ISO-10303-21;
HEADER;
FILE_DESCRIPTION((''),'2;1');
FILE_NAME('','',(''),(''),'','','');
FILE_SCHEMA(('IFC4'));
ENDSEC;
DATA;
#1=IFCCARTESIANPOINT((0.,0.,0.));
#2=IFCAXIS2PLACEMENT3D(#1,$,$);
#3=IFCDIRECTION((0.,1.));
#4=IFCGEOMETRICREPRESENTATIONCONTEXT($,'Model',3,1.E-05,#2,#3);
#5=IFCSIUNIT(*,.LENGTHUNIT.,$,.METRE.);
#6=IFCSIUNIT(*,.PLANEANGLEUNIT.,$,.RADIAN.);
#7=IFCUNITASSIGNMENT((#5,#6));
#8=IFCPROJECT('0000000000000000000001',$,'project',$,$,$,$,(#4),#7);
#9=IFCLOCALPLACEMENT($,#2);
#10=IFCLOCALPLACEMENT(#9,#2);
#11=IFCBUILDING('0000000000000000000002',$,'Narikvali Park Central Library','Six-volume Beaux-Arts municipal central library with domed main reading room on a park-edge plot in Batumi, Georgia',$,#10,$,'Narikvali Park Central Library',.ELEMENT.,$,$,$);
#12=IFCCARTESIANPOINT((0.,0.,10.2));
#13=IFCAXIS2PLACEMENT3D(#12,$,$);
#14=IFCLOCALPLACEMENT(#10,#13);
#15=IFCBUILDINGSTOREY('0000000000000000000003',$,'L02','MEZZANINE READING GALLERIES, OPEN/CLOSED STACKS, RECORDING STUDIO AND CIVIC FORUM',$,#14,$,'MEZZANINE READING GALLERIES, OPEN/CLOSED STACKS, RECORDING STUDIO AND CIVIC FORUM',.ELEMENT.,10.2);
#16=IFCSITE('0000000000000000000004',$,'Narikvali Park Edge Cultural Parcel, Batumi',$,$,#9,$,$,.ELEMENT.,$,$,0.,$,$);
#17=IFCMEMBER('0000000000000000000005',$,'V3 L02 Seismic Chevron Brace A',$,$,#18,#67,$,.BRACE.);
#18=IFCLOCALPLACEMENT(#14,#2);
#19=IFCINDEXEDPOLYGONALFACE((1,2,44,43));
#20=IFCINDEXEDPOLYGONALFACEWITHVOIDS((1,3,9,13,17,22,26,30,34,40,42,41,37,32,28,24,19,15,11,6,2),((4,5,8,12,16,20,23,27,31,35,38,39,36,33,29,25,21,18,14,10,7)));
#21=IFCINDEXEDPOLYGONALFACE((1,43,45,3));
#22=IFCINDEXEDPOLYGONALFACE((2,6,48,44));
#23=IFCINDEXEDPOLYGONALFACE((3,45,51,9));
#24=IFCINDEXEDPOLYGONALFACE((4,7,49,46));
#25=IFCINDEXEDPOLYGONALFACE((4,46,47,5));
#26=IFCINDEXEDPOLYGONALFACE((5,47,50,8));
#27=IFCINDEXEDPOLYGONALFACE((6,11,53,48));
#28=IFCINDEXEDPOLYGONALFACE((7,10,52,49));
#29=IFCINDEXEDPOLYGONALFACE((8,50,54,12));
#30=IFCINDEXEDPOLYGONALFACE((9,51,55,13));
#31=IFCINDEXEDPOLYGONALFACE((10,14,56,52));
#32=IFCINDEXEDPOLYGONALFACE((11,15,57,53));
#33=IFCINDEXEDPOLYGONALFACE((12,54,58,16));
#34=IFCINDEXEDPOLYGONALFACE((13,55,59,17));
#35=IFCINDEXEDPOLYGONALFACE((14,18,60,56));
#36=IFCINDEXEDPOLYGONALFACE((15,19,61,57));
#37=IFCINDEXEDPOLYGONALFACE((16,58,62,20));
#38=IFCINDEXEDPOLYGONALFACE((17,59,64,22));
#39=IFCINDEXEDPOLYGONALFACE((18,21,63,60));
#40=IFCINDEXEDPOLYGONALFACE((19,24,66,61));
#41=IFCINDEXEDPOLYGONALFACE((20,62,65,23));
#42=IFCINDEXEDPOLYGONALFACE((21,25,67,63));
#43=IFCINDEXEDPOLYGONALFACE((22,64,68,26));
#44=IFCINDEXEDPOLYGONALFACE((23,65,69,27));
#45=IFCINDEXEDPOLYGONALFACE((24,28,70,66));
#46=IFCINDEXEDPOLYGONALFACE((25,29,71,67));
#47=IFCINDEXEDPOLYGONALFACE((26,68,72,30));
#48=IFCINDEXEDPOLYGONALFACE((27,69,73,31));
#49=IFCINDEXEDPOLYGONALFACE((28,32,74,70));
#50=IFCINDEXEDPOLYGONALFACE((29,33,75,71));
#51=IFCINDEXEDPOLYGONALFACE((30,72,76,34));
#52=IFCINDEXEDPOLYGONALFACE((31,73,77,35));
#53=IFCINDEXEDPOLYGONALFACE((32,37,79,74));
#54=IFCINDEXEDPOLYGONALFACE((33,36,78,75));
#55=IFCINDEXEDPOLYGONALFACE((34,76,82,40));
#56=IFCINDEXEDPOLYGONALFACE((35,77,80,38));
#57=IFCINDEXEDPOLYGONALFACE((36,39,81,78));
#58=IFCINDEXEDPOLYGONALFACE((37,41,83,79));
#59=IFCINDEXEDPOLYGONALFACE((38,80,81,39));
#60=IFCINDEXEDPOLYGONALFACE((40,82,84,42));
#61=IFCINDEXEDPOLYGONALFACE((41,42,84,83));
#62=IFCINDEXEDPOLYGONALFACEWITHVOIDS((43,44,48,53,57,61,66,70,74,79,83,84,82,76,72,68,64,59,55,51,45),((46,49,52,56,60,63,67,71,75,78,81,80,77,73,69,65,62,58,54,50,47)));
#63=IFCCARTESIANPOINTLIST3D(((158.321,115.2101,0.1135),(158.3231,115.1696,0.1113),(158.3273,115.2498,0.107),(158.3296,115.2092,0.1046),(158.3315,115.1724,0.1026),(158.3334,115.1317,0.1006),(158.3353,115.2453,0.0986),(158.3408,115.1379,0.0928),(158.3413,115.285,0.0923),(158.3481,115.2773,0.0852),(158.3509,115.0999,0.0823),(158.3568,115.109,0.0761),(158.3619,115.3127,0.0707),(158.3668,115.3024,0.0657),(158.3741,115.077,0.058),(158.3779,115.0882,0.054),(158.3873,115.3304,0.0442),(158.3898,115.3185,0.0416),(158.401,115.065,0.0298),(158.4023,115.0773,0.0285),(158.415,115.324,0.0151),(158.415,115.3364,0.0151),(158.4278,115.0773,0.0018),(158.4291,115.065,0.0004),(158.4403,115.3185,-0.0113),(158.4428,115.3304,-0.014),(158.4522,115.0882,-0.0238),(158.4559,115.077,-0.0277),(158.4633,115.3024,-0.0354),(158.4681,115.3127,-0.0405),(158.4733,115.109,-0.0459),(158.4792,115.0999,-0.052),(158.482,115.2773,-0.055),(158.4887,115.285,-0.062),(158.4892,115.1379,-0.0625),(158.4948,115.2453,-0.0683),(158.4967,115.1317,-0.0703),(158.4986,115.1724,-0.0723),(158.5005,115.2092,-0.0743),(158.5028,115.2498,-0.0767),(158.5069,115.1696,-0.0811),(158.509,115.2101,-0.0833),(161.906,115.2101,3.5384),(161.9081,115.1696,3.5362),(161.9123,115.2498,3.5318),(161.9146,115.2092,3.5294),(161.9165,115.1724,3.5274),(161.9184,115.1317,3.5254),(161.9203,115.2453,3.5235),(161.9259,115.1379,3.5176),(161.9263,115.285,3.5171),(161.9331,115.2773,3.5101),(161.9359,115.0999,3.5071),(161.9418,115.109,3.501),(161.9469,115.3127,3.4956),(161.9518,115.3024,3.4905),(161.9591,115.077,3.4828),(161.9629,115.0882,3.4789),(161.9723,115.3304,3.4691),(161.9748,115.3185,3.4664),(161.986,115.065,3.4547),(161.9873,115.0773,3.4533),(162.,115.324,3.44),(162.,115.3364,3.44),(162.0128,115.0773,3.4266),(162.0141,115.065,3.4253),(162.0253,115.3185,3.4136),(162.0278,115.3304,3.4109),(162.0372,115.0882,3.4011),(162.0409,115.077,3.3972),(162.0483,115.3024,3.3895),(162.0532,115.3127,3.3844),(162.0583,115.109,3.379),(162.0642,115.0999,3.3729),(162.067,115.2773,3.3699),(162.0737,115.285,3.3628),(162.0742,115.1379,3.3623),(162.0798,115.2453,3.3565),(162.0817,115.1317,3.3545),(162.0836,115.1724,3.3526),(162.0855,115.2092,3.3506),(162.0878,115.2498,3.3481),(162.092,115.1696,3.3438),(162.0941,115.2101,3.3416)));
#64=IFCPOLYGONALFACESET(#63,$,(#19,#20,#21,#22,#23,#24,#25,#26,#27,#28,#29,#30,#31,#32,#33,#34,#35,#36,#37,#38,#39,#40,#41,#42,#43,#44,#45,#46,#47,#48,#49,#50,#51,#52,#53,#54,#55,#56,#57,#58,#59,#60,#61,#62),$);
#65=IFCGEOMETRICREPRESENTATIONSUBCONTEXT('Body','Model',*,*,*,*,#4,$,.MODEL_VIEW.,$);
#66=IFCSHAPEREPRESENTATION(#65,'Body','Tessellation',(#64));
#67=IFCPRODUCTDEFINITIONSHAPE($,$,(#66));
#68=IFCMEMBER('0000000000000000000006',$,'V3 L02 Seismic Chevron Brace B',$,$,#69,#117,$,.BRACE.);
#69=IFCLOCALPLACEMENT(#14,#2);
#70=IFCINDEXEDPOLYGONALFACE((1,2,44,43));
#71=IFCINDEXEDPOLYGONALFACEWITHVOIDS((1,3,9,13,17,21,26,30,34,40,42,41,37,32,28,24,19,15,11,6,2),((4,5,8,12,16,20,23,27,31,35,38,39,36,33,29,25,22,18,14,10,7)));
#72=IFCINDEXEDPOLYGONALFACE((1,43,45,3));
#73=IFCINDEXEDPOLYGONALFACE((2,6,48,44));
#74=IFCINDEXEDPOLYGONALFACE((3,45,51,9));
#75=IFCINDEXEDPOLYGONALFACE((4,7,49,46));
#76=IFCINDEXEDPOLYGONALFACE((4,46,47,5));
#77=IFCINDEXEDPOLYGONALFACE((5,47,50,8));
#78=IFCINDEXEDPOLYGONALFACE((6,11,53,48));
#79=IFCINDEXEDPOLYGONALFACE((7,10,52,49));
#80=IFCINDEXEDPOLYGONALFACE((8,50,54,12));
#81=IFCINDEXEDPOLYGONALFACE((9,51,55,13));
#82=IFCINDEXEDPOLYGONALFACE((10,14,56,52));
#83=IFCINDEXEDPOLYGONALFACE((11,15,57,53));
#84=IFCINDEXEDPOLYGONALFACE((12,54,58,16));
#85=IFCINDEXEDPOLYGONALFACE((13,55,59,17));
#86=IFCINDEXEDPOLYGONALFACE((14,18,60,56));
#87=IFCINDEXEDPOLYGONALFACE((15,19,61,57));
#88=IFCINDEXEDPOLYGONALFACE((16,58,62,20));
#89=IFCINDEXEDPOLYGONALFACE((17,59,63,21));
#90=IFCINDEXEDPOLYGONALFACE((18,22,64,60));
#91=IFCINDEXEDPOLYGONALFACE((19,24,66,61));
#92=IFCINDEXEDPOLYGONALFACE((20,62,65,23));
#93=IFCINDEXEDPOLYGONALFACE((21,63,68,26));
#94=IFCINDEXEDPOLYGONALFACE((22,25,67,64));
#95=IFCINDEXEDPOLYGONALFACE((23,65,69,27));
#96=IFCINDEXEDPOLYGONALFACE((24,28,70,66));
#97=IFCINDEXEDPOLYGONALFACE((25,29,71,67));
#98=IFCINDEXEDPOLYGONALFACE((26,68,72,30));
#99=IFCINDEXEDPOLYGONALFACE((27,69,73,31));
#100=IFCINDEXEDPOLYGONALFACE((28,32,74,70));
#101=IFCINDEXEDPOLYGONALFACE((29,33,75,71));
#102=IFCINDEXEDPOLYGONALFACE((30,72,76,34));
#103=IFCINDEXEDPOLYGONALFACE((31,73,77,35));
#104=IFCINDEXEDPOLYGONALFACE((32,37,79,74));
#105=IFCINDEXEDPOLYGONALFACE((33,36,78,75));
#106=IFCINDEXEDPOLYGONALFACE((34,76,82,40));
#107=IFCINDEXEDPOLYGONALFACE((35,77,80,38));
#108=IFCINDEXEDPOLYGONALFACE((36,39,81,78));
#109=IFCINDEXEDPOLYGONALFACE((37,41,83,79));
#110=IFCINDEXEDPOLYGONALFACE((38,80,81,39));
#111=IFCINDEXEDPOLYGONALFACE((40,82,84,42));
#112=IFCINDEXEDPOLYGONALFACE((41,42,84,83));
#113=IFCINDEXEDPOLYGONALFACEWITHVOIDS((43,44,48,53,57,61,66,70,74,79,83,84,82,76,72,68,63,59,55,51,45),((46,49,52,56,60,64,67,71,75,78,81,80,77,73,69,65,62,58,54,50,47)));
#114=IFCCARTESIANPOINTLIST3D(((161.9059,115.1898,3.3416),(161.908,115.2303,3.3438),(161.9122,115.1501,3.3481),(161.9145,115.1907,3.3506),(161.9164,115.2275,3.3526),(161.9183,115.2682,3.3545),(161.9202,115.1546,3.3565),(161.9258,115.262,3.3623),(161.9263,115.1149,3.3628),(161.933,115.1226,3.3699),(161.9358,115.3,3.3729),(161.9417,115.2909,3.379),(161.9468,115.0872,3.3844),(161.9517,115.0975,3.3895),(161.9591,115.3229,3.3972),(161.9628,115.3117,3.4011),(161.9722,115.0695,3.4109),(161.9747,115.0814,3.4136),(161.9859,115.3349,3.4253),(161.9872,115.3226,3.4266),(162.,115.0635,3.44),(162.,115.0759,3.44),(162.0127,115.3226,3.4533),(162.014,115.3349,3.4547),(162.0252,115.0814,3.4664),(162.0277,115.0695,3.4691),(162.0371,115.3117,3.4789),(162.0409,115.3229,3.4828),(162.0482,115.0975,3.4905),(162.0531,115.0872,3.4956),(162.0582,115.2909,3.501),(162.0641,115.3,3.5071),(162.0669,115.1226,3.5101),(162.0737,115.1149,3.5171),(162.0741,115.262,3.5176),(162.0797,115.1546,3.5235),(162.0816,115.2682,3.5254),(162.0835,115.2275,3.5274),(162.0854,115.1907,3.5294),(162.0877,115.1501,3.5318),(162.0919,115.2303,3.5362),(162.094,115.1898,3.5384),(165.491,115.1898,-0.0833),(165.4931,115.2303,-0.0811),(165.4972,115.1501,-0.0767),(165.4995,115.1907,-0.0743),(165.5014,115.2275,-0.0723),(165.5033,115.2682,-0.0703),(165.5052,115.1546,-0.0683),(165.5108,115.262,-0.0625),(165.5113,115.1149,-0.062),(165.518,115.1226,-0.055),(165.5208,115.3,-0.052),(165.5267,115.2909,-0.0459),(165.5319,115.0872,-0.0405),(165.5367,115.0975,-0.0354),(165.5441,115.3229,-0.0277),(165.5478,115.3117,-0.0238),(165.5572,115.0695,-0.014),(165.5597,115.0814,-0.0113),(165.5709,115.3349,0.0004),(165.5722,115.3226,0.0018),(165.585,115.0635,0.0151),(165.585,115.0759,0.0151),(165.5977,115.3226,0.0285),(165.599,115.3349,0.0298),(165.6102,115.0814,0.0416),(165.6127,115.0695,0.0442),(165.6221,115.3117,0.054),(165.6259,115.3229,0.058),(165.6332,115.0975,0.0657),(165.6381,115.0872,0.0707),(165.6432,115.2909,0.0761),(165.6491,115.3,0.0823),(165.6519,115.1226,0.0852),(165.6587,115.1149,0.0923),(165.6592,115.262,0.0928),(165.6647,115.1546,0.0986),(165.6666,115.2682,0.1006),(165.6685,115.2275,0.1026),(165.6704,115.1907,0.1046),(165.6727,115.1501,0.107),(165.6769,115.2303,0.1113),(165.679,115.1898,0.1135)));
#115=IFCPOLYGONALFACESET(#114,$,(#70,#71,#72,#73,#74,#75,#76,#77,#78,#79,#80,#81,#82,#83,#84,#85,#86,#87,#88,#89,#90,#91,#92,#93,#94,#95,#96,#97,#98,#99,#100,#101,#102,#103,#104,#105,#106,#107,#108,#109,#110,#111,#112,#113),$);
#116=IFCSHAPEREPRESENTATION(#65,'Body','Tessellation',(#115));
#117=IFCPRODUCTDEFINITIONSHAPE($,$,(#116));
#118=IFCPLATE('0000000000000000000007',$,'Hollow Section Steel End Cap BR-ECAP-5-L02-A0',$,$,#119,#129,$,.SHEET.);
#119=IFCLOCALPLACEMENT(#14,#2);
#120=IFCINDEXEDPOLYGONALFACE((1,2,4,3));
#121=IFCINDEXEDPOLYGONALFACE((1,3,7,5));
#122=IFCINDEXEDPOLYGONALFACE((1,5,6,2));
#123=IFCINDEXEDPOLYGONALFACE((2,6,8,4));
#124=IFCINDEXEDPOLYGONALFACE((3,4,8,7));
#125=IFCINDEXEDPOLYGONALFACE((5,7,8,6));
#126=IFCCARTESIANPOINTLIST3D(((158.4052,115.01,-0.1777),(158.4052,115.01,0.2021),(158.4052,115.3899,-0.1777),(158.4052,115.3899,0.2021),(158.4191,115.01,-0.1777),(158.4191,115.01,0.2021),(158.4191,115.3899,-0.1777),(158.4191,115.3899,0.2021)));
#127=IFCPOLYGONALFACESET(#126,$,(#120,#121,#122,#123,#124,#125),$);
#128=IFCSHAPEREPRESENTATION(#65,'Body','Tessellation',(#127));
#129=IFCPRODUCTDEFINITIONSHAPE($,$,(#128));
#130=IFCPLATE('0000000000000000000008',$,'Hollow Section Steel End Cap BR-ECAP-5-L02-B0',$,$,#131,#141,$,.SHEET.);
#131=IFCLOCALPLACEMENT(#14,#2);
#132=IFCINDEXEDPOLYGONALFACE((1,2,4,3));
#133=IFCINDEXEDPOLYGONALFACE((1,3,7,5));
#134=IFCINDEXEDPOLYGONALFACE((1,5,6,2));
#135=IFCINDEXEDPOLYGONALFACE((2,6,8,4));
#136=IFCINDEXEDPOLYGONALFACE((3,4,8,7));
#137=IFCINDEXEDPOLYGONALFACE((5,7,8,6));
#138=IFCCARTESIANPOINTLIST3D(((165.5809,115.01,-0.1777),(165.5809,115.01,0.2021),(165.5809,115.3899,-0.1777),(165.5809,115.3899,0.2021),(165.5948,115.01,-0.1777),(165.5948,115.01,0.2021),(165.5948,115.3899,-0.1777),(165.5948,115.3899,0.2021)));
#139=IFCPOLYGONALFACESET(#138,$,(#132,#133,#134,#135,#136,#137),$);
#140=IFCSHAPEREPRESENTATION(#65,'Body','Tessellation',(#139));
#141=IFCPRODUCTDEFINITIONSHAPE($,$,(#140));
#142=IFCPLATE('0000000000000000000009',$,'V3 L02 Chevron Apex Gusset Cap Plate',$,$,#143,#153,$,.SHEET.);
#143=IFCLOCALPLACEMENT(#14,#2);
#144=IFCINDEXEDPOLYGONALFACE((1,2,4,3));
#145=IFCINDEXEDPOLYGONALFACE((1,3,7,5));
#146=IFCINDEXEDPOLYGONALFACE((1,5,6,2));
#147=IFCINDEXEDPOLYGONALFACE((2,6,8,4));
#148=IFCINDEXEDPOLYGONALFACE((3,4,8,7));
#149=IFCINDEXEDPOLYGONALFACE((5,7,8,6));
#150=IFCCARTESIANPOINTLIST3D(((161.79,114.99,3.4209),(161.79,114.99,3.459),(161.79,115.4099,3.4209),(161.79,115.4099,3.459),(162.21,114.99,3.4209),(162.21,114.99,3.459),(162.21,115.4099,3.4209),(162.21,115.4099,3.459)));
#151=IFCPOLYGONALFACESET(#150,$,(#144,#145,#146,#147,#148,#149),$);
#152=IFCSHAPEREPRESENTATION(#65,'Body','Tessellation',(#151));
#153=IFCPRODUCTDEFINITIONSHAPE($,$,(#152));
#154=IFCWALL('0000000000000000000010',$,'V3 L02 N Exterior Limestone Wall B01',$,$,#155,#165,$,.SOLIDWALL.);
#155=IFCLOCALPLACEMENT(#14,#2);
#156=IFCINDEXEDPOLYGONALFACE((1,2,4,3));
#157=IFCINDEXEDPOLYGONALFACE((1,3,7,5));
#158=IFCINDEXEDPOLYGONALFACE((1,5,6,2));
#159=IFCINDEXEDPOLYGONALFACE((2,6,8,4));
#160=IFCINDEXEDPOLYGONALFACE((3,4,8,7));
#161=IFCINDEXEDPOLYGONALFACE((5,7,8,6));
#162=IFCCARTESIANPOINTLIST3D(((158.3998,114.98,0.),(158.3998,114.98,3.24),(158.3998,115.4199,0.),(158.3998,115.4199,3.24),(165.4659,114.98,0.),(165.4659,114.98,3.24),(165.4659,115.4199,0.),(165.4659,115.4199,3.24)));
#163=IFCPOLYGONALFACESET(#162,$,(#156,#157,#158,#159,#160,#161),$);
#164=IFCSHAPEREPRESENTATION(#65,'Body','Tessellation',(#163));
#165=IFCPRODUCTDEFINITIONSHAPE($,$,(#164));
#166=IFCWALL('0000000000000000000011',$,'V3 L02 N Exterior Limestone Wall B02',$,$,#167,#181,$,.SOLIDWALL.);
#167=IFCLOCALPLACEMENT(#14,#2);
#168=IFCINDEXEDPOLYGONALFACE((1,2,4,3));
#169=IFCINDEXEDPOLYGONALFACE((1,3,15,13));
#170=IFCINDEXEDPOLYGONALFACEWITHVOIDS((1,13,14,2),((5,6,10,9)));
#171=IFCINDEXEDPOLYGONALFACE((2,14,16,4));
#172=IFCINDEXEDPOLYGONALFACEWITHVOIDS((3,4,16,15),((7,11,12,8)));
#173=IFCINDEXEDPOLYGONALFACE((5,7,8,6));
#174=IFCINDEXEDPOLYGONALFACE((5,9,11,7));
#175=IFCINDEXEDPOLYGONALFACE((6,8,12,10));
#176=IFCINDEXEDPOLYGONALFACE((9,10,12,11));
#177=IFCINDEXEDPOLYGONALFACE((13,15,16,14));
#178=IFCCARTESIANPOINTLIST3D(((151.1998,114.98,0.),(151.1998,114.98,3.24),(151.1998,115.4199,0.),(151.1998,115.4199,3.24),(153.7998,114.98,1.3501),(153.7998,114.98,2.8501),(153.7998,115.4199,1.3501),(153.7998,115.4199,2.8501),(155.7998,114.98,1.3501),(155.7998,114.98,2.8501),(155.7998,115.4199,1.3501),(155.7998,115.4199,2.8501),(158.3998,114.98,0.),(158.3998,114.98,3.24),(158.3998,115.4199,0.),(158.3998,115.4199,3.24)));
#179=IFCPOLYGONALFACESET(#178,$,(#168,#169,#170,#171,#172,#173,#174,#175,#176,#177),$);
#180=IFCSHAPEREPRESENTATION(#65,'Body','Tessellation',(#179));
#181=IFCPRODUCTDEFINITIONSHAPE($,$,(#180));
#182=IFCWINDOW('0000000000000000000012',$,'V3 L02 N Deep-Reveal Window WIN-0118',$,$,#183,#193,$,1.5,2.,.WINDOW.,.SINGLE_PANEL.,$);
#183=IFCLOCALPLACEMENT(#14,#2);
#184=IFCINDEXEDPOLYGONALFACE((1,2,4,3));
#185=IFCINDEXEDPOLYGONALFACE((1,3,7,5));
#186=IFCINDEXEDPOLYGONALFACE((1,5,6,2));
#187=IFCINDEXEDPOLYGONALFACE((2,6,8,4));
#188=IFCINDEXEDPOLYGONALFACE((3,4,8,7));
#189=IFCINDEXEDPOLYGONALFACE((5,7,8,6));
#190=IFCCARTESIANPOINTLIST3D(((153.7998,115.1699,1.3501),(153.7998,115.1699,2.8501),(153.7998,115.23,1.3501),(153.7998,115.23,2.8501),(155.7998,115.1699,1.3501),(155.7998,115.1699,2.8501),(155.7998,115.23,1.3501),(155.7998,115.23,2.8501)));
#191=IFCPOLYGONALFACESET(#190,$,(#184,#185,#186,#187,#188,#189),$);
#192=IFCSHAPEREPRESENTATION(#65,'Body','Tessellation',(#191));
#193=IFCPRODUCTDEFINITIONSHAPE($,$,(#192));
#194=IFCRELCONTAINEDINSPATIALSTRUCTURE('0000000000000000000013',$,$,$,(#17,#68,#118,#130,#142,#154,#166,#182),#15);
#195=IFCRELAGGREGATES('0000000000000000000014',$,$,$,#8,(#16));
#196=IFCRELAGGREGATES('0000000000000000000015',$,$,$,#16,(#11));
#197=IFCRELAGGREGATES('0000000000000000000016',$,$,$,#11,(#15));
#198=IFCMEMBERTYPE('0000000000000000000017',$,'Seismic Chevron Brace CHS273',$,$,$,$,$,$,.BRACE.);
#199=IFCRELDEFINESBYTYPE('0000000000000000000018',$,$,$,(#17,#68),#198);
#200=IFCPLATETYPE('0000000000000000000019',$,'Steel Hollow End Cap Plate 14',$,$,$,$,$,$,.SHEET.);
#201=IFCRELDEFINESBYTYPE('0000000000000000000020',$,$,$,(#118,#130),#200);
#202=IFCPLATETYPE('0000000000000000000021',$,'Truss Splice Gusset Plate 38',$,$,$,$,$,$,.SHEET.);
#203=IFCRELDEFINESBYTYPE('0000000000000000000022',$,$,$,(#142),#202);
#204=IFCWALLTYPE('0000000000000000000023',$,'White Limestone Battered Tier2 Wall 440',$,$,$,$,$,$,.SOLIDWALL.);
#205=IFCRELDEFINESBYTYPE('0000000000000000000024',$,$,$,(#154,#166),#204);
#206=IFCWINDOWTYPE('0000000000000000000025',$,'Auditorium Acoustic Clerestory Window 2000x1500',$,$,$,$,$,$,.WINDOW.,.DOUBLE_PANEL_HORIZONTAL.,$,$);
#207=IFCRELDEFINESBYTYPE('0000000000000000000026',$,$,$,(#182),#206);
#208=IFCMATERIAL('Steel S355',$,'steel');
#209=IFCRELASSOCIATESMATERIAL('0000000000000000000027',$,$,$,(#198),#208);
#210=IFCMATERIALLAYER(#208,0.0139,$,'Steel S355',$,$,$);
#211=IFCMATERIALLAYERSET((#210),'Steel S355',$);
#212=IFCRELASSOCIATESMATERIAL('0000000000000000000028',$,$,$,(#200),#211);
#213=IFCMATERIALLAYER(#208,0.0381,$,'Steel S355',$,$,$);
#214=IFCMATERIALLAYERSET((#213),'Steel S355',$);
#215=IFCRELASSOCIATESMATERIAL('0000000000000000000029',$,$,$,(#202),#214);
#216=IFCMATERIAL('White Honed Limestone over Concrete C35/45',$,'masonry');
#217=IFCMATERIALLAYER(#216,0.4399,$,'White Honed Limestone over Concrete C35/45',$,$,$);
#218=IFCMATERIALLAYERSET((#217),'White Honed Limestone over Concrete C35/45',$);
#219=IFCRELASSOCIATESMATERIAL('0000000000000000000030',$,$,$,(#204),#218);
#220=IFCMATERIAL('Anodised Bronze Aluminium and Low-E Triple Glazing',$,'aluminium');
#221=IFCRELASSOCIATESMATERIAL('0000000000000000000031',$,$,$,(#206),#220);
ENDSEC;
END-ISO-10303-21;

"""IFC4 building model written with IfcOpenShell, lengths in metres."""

from ifc_helpers import new_model, si_unit, direction, frame, frame_2d, origin, origin_2d, place, context, subcontext, project, spatial, rectangle, hollow_circle, extrude, material, layer, layer_set, material_profile, profile_set, type_object, element, fill, save


model = new_model("IFC4")

# Units and contexts
model_context = context("Model", 3, precision=1e-05, world=origin(), true_north=direction((0.0, 1.0)))
body_context = subcontext(model_context, "Body", "Model", "MODEL_VIEW")
ifc_project = project(units=[si_unit("LENGTHUNIT", "METRE"), si_unit("PLANEANGLEUNIT", "RADIAN")], contexts=[model_context])

# Site, building, storey
site_placement = place(None, origin())
site = spatial("IfcSite", under=ifc_project, at=site_placement, Name="Narikvali Park Edge Cultural Parcel, Batumi", CompositionType="ELEMENT", RefElevation=0.0)
building_placement = place(site_placement, origin())
building = spatial("IfcBuilding", under=site, at=building_placement, Name="Narikvali Park Central Library", Description="Six-volume Beaux-Arts municipal central library with domed main reading room on a park-edge plot in Batumi, Georgia", LongName="Narikvali Park Central Library", CompositionType="ELEMENT")
storey_placement = place(building_placement, frame((0.0, 0.0, 10.2)))
storey = spatial("IfcBuildingStorey", under=building, at=storey_placement, Name="L02", Description="MEZZANINE READING GALLERIES, OPEN/CLOSED STACKS, RECORDING STUDIO AND CIVIC FORUM", LongName="MEZZANINE READING GALLERIES, OPEN/CLOSED STACKS, RECORDING STUDIO AND CIVIC FORUM", CompositionType="ELEMENT", Elevation=10.2)

# Shared definitions
ifc_material_1 = material(Name="Steel S355", Category="steel")

# Members
ifc_material_profile_1 = material_profile(ifc_material_1, hollow_circle(Radius=0.1365, WallThickness=0.0125, at=origin_2d()), Name="CHS 273x12.5")
ifc_profile_set_1 = profile_set([ifc_material_profile_1], Name="Steel S355")
member_type = type_object("IfcMemberType", Name="Seismic Chevron Brace CHS273", PredefinedType="BRACE", material=ifc_profile_set_1)
for number, where, z_axis, x_axis, name in (
    (1, (158.415, 115.2, 0.0151), (0.723074, 0.0, 0.690771), (0.0, 1.0, 0.0), "V3 L02 Seismic Chevron Brace A"),
    (2, (165.585, 115.2, 0.0151), (-0.723074, 0.0, 0.690771), (0.0, -1.0, 0.0), "V3 L02 Seismic Chevron Brace B"),
):
    element("IfcMember", number, at=place(storey_placement, frame(where, z_axis=z_axis, x_axis=x_axis)), inside=storey, type_object=member_type, Name=name, PredefinedType="BRACE", context=body_context, shape_type="SweptSolid", body=[
        extrude(hollow_circle(Radius=0.1365, WallThickness=0.0125, at=origin_2d()), origin(), (0.0, 0.0, 1.0), 4.958),
    ])

# Plates
ifc_layer_1 = layer(ifc_material_1, 0.0139, Name="Steel S355")
ifc_layer_set_1 = layer_set([ifc_layer_1], Name="Steel S355")
plate_type_1 = type_object("IfcPlateType", Name="Steel Hollow End Cap Plate 14", PredefinedType="SHEET", material=ifc_layer_set_1)
for number, where, z_axis, x_axis, name in (
    (3, (158.4121, 115.2, -0.1777), (0.0, 0.0, 1.0), (-1.0, 0.0, 0.0), "Hollow Section Steel End Cap BR-ECAP-5-L02-A0"),
    (4, (165.5879, 115.2, -0.1777), (0.0, 0.0, 1.0), (1.0, 0.0, 0.0), "Hollow Section Steel End Cap BR-ECAP-5-L02-B0"),
):
    element("IfcPlate", number, at=place(storey_placement, frame(where, z_axis=z_axis, x_axis=x_axis)), inside=storey, type_object=plate_type_1, Name=name, PredefinedType="SHEET", context=body_context, shape_type="SweptSolid", body=[
        extrude(rectangle(XDim=0.0139, YDim=0.3799, at=origin_2d()), origin(), (0.0, 0.0, 1.0), 0.3799),
    ])
ifc_layer_2 = layer(ifc_material_1, 0.0381, Name="Steel S355")
ifc_layer_set_2 = layer_set([ifc_layer_2], Name="Steel S355")
plate_type_2 = type_object("IfcPlateType", Name="Truss Splice Gusset Plate 38", PredefinedType="SHEET", material=ifc_layer_set_2)
plate_placement = place(storey_placement, frame((162.0, 115.2, 3.4209), z_axis=(0.0, 0.0, 1.0), x_axis=(1.0, 0.0, 0.0)))
element("IfcPlate", 5, at=plate_placement, inside=storey, type_object=plate_type_2, Name="V3 L02 Chevron Apex Gusset Cap Plate", PredefinedType="SHEET", context=body_context, shape_type="SweptSolid", body=[
    extrude(rectangle(XDim=0.4199, YDim=0.4199, at=origin_2d()), origin(), (0.0, 0.0, 1.0), 0.0381),
])

# Wall
ifc_material_2 = material(Name="White Honed Limestone over Concrete C35/45", Category="masonry")
ifc_layer_3 = layer(ifc_material_2, 0.4399, Name="White Honed Limestone over Concrete C35/45")
ifc_layer_set_3 = layer_set([ifc_layer_3], Name="White Honed Limestone over Concrete C35/45")
wall_type = type_object("IfcWallType", Name="White Limestone Battered Tier2 Wall 440", PredefinedType="SOLIDWALL", material=ifc_layer_set_3)
wall_1_placement = place(storey_placement, frame((165.4661, 115.2, 0.0), z_axis=(0.0, 0.0, 1.0), x_axis=(-1.0, 0.0, 0.0)))
element("IfcWall", 6, at=wall_1_placement, inside=storey, type_object=wall_type, Name="V3 L02 N Exterior Limestone Wall B01", PredefinedType="SOLIDWALL", context=body_context, shape_type="SweptSolid", body=[
    extrude(rectangle(XDim=7.0662, YDim=0.4399, at=frame_2d((3.5332, 0.0))), origin(), (0.0, 0.0, 1.0), 3.24),
])

# Wall, opening, window
wall_2_placement = place(storey_placement, frame((158.3999, 115.2, 0.0), z_axis=(0.0, 0.0, 1.0), x_axis=(-1.0, 0.0, 0.0)))
wall_2 = element("IfcWall", 7, at=wall_2_placement, inside=storey, type_object=wall_type, Name="V3 L02 N Exterior Limestone Wall B02", PredefinedType="SOLIDWALL", context=body_context, shape_type="SweptSolid", body=[
    extrude(rectangle(XDim=7.2, YDim=0.4399, at=frame_2d((3.6001, 0.0))), origin(), (0.0, 0.0, 1.0), 3.24),
])
opening_placement = place(wall_2_placement, frame((2.6001, 0.0, 1.3501)))
opening = element("IfcOpeningElement", 8, at=opening_placement, cuts=wall_2, PredefinedType="OPENING", context=body_context, shape_type="SweptSolid", body=[
    extrude(rectangle(XDim=2.0, YDim=1.5, at=frame_2d((1.0, 0.75))), frame((0.0, 0.2319, 0.0), z_axis=(0.0, -1.0, 0.0), x_axis=(1.0, 0.0, 0.0)), (0.0, 0.0, 1.0), 0.4639),
])
ifc_material_3 = material(Name="Anodised Bronze Aluminium and Low-E Triple Glazing", Category="aluminium")
window_type = type_object("IfcWindowType", Name="Auditorium Acoustic Clerestory Window 2000x1500", PartitioningType="DOUBLE_PANEL_HORIZONTAL", PredefinedType="WINDOW", material=ifc_material_3)
window_placement = place(opening_placement, origin())
window = element("IfcWindow", 9, at=window_placement, inside=storey, type_object=window_type, Name="V3 L02 N Deep-Reveal Window WIN-0118", OverallHeight=1.5, OverallWidth=2.0, PartitioningType="SINGLE_PANEL", PredefinedType="WINDOW", context=body_context, shape_type="SweptSolid", body=[
    extrude(rectangle(XDim=2.0, YDim=1.5, at=frame_2d((1.0, 0.75))), frame((0.0, 0.03, 0.0), z_axis=(0.0, -1.0, 0.0), x_axis=(1.0, 0.0, 0.0)), (0.0, 0.0, 1.0), 0.0601),
])
fill(opening, window)

save(model, "model.ifc")
